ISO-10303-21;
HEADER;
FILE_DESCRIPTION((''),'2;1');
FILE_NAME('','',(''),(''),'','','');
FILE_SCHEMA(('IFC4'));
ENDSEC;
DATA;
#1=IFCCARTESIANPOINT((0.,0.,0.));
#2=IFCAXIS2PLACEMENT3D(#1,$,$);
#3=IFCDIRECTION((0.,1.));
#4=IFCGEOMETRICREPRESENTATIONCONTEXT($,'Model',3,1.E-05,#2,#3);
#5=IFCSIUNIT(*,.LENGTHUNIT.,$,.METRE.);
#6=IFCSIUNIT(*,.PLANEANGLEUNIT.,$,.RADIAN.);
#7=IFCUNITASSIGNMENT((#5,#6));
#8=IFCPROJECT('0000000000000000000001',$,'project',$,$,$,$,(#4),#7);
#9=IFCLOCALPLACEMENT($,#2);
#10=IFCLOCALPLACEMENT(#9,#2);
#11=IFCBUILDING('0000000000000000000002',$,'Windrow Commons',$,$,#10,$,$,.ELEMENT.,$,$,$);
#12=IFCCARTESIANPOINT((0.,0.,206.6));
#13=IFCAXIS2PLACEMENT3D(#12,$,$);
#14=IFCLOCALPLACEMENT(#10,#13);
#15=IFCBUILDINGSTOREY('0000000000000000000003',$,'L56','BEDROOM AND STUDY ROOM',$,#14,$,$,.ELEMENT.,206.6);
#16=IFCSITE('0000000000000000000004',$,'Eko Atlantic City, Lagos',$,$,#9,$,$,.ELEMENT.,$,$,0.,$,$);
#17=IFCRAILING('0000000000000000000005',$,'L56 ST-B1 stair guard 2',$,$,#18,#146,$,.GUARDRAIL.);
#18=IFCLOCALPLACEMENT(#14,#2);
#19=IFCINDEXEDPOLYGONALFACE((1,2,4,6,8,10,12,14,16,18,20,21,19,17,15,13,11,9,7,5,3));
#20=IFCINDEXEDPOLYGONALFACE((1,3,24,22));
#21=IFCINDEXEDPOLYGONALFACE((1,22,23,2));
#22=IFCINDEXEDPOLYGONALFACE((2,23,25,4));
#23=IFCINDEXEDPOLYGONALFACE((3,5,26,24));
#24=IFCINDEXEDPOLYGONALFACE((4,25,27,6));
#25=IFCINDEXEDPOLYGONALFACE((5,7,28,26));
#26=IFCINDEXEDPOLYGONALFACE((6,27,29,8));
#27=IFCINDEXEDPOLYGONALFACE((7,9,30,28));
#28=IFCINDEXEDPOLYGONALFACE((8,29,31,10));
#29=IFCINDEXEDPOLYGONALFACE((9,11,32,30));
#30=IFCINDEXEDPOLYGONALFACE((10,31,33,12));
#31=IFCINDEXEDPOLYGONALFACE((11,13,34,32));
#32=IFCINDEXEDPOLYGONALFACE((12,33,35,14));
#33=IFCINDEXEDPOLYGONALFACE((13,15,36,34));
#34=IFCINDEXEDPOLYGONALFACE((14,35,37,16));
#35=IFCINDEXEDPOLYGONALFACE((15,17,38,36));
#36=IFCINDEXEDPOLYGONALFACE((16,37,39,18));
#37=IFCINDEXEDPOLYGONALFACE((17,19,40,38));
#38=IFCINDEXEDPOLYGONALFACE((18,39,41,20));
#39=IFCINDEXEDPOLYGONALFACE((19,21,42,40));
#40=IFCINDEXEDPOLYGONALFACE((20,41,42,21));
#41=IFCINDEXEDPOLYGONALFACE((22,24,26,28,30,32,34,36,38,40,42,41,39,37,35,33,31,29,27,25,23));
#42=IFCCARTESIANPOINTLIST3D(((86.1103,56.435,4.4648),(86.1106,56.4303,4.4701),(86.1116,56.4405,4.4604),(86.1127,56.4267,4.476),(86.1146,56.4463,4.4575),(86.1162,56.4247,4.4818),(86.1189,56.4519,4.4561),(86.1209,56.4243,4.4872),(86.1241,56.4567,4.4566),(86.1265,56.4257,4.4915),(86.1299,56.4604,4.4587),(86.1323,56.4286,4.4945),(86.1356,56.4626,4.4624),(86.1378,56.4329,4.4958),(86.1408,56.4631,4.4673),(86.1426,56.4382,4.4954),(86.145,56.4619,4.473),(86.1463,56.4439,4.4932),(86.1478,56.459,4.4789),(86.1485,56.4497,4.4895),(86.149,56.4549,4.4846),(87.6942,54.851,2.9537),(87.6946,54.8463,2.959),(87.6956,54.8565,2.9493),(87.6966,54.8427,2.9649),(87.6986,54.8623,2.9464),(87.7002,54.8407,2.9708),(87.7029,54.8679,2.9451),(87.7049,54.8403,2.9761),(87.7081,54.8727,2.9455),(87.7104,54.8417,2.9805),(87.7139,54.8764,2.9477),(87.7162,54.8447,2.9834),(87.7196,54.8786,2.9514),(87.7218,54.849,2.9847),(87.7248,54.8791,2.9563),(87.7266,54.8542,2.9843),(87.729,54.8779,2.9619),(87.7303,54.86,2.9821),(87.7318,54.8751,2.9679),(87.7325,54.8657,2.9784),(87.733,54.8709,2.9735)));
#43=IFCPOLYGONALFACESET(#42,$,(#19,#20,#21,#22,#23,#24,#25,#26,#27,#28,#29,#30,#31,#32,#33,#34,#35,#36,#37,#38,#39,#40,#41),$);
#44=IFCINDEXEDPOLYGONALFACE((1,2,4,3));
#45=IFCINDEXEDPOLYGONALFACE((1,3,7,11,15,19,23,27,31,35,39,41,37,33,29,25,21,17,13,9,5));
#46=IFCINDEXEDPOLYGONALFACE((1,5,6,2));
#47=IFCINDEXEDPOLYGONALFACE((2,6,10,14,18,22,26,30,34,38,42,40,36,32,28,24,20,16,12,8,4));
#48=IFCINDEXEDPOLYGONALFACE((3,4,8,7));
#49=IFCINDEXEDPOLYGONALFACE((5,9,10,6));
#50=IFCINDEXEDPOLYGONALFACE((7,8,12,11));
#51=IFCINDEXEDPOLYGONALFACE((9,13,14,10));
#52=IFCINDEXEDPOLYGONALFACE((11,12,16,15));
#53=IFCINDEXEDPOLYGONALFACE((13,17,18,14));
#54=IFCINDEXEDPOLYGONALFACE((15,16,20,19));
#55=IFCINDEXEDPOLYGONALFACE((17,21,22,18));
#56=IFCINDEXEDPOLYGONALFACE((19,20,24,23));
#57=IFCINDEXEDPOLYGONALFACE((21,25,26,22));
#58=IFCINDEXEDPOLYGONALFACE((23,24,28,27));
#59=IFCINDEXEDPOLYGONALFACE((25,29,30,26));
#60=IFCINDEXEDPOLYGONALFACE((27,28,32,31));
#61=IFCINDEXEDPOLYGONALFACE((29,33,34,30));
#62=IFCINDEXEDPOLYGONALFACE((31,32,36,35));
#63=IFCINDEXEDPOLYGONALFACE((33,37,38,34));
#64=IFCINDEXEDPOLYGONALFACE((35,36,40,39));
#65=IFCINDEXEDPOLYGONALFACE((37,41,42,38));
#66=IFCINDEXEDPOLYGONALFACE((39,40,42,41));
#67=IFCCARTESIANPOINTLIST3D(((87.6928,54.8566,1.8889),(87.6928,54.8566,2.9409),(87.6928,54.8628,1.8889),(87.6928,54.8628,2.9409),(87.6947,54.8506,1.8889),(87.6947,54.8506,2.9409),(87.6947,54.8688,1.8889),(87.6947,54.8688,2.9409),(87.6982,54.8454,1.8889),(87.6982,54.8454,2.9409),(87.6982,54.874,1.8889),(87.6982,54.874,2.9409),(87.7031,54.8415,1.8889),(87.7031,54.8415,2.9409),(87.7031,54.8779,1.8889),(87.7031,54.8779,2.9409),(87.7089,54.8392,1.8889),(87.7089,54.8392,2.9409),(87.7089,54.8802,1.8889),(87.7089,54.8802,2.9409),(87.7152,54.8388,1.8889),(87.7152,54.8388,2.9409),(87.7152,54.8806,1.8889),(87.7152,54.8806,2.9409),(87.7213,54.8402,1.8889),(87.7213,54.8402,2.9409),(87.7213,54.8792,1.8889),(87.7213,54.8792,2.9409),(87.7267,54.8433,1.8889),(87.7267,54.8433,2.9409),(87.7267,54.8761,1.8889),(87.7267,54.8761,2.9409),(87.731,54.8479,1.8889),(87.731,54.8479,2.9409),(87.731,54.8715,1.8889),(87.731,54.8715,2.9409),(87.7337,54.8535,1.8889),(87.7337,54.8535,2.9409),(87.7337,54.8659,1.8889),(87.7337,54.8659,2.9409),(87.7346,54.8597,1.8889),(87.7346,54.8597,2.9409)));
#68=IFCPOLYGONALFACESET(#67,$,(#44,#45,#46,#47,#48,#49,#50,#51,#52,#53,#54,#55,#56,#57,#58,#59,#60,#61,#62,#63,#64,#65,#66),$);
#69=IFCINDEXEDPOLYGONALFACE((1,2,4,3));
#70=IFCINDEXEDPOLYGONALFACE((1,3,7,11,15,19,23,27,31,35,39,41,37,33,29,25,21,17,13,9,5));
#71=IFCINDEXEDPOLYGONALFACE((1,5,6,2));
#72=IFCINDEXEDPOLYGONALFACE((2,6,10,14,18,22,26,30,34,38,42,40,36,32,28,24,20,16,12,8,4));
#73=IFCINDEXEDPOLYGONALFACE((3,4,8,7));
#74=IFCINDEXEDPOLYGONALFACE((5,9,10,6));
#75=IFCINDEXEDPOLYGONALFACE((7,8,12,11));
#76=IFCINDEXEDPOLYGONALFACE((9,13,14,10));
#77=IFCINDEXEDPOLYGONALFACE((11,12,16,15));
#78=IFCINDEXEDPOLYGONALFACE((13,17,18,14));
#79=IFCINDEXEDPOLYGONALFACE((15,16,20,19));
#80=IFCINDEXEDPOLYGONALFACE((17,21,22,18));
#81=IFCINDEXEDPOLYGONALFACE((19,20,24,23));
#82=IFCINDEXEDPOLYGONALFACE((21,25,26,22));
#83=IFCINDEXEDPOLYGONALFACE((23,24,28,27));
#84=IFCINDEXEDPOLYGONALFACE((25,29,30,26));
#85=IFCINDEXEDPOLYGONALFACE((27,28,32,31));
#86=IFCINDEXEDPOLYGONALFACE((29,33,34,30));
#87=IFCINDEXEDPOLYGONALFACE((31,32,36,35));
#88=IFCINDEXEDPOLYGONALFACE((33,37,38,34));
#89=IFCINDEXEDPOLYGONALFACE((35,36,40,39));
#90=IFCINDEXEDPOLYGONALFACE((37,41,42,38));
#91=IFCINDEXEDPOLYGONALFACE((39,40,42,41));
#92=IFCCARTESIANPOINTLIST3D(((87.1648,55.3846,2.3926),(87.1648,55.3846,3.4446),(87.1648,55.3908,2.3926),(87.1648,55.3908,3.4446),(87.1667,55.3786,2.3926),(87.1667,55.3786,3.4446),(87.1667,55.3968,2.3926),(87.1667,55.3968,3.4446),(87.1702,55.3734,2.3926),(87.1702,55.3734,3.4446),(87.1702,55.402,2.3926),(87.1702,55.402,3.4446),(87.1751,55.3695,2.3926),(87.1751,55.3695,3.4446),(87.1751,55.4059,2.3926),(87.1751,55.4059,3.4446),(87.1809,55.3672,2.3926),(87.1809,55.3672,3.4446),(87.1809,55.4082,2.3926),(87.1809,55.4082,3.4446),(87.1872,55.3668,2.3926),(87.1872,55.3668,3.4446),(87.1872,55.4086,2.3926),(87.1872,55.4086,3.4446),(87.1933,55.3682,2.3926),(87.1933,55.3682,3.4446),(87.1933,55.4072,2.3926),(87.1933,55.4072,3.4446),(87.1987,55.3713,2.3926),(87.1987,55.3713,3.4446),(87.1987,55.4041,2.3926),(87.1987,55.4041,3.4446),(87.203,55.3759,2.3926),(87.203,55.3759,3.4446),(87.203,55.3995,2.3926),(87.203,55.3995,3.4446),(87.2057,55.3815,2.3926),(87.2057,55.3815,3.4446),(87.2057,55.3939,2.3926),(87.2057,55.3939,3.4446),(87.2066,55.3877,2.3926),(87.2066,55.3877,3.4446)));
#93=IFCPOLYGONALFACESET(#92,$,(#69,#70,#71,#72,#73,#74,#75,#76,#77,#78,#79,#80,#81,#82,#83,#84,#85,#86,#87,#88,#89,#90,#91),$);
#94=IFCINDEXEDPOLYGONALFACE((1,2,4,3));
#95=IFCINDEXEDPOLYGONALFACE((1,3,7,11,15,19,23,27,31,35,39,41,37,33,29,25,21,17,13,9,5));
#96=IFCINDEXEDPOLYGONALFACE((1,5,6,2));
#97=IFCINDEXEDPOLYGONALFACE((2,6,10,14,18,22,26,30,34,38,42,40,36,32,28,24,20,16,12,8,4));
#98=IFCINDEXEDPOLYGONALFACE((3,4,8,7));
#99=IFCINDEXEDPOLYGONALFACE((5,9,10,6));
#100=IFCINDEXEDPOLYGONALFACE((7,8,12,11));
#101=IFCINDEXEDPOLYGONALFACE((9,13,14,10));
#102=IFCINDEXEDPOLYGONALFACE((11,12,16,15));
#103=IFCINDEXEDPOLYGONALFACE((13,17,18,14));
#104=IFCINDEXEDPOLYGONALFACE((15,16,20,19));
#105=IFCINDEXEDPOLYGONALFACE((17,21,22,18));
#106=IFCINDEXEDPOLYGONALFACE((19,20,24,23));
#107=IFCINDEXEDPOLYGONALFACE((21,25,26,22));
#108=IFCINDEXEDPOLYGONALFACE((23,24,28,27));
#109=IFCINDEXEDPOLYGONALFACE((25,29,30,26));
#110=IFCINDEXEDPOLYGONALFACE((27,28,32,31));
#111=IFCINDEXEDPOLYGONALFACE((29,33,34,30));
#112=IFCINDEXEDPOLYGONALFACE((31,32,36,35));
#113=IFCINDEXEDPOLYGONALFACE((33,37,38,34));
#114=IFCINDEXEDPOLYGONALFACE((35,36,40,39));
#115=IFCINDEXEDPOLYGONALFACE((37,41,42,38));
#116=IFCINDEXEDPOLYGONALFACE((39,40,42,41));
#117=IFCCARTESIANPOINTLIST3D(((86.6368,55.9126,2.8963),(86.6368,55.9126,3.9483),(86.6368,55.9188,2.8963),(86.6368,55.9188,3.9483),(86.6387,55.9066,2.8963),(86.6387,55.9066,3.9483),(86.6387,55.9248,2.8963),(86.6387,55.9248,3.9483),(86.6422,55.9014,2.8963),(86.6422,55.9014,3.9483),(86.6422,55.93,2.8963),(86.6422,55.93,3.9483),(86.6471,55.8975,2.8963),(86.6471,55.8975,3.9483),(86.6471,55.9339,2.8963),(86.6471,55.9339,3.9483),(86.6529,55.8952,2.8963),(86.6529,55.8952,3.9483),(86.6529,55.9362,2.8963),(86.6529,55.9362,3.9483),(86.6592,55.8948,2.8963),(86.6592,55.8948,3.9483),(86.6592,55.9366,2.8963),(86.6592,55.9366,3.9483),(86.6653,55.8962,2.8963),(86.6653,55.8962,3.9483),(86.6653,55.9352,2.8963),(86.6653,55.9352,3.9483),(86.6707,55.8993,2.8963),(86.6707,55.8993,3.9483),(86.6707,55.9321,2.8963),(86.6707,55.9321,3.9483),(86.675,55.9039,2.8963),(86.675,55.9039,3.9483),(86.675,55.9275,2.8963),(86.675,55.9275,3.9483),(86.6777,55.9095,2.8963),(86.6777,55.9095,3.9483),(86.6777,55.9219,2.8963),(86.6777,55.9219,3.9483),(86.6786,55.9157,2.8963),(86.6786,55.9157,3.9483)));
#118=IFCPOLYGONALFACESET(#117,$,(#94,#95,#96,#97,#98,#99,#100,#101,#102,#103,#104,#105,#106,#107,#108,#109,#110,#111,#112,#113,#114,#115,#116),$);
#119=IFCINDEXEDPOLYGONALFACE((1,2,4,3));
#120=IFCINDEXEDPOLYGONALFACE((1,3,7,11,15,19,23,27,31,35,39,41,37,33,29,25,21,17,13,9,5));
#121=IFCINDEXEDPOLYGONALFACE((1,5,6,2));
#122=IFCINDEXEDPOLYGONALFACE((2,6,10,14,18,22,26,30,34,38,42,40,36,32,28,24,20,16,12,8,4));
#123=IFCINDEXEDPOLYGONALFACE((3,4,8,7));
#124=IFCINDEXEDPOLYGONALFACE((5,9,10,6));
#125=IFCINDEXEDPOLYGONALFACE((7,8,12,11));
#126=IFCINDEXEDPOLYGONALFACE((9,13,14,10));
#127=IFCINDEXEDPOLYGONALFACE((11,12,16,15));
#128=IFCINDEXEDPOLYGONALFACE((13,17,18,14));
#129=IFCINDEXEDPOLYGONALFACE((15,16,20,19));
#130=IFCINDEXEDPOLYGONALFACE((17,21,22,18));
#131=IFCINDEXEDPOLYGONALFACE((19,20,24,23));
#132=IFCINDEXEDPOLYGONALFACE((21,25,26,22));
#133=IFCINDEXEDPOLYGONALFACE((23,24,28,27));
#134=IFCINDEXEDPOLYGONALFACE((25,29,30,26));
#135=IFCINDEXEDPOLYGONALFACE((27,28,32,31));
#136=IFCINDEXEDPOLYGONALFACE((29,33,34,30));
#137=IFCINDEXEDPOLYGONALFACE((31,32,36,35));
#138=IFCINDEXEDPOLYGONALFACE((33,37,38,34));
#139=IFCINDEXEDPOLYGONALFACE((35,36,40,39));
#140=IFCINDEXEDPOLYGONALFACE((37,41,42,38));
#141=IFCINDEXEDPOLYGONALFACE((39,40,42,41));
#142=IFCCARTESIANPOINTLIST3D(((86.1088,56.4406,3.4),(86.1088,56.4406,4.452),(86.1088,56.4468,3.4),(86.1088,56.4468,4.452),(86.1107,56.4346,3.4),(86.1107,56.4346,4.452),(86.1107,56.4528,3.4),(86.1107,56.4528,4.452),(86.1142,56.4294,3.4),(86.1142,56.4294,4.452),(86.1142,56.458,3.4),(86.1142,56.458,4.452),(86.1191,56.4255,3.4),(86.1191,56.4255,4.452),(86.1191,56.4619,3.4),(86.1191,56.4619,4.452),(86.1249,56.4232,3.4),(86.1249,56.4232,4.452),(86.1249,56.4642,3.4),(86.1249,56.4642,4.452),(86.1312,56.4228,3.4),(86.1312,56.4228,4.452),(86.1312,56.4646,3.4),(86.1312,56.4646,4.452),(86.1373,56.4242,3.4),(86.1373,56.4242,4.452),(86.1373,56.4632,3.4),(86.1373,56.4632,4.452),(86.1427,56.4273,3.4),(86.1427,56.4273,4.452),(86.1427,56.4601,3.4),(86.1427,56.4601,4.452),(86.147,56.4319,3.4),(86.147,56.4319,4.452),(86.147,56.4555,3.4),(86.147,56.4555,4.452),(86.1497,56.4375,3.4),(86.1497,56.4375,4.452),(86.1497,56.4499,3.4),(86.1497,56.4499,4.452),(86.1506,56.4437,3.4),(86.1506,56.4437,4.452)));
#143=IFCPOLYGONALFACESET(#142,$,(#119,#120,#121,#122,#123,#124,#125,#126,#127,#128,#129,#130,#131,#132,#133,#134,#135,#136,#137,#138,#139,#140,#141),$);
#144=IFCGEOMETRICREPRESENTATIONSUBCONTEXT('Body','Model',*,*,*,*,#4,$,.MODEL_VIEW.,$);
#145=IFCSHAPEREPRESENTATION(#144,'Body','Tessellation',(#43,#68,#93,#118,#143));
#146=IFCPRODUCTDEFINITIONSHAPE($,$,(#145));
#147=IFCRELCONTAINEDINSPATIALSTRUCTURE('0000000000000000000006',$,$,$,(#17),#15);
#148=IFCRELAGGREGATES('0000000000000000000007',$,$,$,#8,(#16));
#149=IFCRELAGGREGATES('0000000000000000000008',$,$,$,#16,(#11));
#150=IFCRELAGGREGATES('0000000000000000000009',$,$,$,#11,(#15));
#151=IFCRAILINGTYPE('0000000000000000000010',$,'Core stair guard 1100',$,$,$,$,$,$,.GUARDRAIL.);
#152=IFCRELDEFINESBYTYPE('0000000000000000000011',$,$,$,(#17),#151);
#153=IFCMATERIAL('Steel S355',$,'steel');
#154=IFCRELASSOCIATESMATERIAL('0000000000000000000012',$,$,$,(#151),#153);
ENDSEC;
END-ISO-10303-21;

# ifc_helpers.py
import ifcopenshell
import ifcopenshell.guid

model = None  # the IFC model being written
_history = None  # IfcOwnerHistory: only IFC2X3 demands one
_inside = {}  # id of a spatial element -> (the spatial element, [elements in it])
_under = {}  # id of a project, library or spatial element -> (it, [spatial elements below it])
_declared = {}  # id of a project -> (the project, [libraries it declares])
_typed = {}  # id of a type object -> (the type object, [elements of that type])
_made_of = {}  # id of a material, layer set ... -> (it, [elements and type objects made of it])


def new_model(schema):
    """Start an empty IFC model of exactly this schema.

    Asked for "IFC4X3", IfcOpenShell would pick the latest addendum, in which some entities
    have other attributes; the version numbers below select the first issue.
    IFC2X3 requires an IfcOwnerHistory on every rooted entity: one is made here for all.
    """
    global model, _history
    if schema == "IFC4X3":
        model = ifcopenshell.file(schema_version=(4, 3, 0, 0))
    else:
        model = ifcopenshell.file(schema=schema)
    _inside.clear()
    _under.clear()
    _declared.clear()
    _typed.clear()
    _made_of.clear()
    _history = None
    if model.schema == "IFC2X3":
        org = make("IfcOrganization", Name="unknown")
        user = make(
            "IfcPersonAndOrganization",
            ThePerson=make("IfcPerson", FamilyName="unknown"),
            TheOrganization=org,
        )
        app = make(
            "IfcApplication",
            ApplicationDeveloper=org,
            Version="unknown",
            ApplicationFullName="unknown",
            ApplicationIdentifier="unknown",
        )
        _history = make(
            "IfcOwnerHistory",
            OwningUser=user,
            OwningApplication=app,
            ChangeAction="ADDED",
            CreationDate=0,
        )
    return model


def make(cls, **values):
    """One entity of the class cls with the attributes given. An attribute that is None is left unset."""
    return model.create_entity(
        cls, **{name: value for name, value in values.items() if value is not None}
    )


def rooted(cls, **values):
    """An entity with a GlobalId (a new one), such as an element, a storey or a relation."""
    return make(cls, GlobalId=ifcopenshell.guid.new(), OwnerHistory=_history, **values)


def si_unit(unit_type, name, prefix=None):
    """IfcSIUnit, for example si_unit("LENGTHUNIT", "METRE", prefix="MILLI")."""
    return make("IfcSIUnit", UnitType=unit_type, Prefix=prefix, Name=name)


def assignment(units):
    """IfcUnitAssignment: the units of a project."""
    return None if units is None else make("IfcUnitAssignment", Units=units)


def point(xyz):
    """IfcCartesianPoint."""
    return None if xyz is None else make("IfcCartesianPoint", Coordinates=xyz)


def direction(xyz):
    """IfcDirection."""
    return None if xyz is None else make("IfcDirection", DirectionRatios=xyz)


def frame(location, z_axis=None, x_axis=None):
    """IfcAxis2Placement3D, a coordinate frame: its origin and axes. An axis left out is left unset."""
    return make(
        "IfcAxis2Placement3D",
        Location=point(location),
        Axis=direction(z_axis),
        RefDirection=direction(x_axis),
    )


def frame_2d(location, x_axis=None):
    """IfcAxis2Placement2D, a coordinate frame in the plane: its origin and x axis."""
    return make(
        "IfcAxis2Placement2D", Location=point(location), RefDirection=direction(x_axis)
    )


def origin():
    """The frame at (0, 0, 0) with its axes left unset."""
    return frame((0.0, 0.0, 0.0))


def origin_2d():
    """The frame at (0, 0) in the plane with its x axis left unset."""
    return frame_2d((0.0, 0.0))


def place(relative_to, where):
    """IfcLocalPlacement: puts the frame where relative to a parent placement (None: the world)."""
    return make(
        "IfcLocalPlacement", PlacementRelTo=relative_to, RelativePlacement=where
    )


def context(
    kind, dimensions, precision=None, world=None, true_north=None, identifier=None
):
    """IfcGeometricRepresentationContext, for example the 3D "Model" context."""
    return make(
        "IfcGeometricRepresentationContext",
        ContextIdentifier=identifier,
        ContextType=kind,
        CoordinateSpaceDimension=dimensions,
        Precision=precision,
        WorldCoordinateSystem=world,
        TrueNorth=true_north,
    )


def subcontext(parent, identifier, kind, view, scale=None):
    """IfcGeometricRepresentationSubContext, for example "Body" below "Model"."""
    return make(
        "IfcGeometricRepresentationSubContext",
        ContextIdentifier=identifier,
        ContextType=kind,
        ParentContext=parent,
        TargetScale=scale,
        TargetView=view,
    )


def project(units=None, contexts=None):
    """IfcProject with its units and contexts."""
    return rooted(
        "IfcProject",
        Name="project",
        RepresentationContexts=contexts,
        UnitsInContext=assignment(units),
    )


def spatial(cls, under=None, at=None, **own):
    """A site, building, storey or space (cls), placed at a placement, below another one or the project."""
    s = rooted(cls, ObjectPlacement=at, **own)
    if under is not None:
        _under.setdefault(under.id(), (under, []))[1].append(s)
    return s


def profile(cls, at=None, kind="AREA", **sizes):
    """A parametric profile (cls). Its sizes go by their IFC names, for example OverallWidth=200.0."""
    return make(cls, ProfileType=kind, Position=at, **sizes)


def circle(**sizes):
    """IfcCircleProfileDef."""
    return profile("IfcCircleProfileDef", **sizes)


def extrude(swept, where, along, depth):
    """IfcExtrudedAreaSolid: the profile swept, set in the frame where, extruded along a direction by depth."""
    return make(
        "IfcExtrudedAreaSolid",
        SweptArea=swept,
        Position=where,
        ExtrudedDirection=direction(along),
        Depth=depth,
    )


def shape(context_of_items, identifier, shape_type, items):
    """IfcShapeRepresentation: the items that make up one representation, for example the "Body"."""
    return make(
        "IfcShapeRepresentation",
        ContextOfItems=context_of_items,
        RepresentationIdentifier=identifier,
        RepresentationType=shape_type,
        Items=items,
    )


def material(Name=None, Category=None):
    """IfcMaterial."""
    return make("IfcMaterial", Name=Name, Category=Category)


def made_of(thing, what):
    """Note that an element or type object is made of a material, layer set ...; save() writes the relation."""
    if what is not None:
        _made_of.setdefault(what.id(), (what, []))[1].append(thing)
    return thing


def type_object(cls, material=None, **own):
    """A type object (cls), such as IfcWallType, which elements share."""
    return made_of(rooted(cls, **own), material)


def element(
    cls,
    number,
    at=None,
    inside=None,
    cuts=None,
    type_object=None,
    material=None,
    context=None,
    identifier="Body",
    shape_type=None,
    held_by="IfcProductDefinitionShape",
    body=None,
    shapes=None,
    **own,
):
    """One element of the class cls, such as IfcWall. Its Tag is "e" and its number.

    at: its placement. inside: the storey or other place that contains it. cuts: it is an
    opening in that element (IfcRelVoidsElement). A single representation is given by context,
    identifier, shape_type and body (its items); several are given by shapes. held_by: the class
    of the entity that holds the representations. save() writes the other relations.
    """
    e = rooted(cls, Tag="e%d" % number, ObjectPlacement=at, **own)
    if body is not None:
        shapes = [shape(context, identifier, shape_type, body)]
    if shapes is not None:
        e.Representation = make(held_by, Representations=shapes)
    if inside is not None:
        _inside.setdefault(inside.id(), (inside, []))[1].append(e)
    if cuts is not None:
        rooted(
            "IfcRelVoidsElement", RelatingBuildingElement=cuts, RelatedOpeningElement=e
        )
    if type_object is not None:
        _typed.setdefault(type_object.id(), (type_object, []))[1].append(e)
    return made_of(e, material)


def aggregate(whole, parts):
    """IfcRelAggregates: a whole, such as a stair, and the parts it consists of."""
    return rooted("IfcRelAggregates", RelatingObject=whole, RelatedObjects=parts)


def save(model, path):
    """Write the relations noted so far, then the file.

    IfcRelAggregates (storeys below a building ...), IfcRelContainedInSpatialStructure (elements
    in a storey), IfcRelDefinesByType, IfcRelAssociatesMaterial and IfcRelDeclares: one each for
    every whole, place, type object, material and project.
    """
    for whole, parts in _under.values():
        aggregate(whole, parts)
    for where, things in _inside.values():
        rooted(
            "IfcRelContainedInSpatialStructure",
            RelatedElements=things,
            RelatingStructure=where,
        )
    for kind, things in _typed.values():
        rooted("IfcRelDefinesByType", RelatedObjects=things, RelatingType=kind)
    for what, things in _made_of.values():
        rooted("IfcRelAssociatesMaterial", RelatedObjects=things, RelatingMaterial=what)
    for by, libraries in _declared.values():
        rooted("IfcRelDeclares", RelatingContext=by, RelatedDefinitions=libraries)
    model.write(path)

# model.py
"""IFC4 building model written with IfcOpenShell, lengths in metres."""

from ifc_helpers import new_model, si_unit, direction, frame, origin, origin_2d, place, context, subcontext, project, spatial, circle, extrude, material, type_object, element, save


model = new_model("IFC4")

# Units and contexts
model_context = context("Model", 3, precision=1e-05, world=origin(), true_north=direction((0.0, 1.0)))
body_context = subcontext(model_context, "Body", "Model", "MODEL_VIEW")
ifc_project = project(units=[si_unit("LENGTHUNIT", "METRE"), si_unit("PLANEANGLEUNIT", "RADIAN")], contexts=[model_context])

# Site, building, storey
site_placement = place(None, origin())
site = spatial("IfcSite", under=ifc_project, at=site_placement, Name="Eko Atlantic City, Lagos", CompositionType="ELEMENT", RefElevation=0.0)
building_placement = place(site_placement, origin())
building = spatial("IfcBuilding", under=site, at=building_placement, Name="Windrow Commons", CompositionType="ELEMENT")
storey_placement = place(building_placement, frame((0.0, 0.0, 206.6)))
storey = spatial("IfcBuildingStorey", under=building, at=storey_placement, Name="L56", Description="BEDROOM AND STUDY ROOM", CompositionType="ELEMENT", Elevation=206.6)

# Railing
ifc_material_1 = material(Name="Steel S355", Category="steel")
railing_type_1 = type_object("IfcRailingType", Name="Core stair guard 1100", PredefinedType="GUARDRAIL", material=ifc_material_1)
railing_1_placement = place(storey_placement, frame((87.7136, 54.8597, 1.8889)))
element("IfcRailing", 1, at=railing_1_placement, inside=storey, type_object=railing_type_1, Name="L56 ST-B1 stair guard 2", PredefinedType="GUARDRAIL", context=body_context, shape_type="SweptSolid", body=[
    extrude(circle(Radius=0.024, at=origin_2d()), frame((0.0, 0.0, 1.076), z_axis=(-0.586203, 0.586203, 0.559224), x_axis=(-0.707107, -0.707107, 0.0)), (0.0, 0.0, 1.0), 2.7021),
    extrude(circle(Radius=0.021, at=origin_2d()), origin(), (0.0, 0.0, 1.0), 1.052),
    extrude(circle(Radius=0.021, at=origin_2d()), frame((-0.528, 0.528, 0.5037)), (0.0, 0.0, 1.0), 1.052),
    extrude(circle(Radius=0.021, at=origin_2d()), frame((-1.056, 1.056, 1.0074)), (0.0, 0.0, 1.0), 1.052),
    extrude(circle(Radius=0.021, at=origin_2d()), frame((-1.584, 1.584, 1.5111)), (0.0, 0.0, 1.0), 1.052),
])

save(model, "model.ifc")
